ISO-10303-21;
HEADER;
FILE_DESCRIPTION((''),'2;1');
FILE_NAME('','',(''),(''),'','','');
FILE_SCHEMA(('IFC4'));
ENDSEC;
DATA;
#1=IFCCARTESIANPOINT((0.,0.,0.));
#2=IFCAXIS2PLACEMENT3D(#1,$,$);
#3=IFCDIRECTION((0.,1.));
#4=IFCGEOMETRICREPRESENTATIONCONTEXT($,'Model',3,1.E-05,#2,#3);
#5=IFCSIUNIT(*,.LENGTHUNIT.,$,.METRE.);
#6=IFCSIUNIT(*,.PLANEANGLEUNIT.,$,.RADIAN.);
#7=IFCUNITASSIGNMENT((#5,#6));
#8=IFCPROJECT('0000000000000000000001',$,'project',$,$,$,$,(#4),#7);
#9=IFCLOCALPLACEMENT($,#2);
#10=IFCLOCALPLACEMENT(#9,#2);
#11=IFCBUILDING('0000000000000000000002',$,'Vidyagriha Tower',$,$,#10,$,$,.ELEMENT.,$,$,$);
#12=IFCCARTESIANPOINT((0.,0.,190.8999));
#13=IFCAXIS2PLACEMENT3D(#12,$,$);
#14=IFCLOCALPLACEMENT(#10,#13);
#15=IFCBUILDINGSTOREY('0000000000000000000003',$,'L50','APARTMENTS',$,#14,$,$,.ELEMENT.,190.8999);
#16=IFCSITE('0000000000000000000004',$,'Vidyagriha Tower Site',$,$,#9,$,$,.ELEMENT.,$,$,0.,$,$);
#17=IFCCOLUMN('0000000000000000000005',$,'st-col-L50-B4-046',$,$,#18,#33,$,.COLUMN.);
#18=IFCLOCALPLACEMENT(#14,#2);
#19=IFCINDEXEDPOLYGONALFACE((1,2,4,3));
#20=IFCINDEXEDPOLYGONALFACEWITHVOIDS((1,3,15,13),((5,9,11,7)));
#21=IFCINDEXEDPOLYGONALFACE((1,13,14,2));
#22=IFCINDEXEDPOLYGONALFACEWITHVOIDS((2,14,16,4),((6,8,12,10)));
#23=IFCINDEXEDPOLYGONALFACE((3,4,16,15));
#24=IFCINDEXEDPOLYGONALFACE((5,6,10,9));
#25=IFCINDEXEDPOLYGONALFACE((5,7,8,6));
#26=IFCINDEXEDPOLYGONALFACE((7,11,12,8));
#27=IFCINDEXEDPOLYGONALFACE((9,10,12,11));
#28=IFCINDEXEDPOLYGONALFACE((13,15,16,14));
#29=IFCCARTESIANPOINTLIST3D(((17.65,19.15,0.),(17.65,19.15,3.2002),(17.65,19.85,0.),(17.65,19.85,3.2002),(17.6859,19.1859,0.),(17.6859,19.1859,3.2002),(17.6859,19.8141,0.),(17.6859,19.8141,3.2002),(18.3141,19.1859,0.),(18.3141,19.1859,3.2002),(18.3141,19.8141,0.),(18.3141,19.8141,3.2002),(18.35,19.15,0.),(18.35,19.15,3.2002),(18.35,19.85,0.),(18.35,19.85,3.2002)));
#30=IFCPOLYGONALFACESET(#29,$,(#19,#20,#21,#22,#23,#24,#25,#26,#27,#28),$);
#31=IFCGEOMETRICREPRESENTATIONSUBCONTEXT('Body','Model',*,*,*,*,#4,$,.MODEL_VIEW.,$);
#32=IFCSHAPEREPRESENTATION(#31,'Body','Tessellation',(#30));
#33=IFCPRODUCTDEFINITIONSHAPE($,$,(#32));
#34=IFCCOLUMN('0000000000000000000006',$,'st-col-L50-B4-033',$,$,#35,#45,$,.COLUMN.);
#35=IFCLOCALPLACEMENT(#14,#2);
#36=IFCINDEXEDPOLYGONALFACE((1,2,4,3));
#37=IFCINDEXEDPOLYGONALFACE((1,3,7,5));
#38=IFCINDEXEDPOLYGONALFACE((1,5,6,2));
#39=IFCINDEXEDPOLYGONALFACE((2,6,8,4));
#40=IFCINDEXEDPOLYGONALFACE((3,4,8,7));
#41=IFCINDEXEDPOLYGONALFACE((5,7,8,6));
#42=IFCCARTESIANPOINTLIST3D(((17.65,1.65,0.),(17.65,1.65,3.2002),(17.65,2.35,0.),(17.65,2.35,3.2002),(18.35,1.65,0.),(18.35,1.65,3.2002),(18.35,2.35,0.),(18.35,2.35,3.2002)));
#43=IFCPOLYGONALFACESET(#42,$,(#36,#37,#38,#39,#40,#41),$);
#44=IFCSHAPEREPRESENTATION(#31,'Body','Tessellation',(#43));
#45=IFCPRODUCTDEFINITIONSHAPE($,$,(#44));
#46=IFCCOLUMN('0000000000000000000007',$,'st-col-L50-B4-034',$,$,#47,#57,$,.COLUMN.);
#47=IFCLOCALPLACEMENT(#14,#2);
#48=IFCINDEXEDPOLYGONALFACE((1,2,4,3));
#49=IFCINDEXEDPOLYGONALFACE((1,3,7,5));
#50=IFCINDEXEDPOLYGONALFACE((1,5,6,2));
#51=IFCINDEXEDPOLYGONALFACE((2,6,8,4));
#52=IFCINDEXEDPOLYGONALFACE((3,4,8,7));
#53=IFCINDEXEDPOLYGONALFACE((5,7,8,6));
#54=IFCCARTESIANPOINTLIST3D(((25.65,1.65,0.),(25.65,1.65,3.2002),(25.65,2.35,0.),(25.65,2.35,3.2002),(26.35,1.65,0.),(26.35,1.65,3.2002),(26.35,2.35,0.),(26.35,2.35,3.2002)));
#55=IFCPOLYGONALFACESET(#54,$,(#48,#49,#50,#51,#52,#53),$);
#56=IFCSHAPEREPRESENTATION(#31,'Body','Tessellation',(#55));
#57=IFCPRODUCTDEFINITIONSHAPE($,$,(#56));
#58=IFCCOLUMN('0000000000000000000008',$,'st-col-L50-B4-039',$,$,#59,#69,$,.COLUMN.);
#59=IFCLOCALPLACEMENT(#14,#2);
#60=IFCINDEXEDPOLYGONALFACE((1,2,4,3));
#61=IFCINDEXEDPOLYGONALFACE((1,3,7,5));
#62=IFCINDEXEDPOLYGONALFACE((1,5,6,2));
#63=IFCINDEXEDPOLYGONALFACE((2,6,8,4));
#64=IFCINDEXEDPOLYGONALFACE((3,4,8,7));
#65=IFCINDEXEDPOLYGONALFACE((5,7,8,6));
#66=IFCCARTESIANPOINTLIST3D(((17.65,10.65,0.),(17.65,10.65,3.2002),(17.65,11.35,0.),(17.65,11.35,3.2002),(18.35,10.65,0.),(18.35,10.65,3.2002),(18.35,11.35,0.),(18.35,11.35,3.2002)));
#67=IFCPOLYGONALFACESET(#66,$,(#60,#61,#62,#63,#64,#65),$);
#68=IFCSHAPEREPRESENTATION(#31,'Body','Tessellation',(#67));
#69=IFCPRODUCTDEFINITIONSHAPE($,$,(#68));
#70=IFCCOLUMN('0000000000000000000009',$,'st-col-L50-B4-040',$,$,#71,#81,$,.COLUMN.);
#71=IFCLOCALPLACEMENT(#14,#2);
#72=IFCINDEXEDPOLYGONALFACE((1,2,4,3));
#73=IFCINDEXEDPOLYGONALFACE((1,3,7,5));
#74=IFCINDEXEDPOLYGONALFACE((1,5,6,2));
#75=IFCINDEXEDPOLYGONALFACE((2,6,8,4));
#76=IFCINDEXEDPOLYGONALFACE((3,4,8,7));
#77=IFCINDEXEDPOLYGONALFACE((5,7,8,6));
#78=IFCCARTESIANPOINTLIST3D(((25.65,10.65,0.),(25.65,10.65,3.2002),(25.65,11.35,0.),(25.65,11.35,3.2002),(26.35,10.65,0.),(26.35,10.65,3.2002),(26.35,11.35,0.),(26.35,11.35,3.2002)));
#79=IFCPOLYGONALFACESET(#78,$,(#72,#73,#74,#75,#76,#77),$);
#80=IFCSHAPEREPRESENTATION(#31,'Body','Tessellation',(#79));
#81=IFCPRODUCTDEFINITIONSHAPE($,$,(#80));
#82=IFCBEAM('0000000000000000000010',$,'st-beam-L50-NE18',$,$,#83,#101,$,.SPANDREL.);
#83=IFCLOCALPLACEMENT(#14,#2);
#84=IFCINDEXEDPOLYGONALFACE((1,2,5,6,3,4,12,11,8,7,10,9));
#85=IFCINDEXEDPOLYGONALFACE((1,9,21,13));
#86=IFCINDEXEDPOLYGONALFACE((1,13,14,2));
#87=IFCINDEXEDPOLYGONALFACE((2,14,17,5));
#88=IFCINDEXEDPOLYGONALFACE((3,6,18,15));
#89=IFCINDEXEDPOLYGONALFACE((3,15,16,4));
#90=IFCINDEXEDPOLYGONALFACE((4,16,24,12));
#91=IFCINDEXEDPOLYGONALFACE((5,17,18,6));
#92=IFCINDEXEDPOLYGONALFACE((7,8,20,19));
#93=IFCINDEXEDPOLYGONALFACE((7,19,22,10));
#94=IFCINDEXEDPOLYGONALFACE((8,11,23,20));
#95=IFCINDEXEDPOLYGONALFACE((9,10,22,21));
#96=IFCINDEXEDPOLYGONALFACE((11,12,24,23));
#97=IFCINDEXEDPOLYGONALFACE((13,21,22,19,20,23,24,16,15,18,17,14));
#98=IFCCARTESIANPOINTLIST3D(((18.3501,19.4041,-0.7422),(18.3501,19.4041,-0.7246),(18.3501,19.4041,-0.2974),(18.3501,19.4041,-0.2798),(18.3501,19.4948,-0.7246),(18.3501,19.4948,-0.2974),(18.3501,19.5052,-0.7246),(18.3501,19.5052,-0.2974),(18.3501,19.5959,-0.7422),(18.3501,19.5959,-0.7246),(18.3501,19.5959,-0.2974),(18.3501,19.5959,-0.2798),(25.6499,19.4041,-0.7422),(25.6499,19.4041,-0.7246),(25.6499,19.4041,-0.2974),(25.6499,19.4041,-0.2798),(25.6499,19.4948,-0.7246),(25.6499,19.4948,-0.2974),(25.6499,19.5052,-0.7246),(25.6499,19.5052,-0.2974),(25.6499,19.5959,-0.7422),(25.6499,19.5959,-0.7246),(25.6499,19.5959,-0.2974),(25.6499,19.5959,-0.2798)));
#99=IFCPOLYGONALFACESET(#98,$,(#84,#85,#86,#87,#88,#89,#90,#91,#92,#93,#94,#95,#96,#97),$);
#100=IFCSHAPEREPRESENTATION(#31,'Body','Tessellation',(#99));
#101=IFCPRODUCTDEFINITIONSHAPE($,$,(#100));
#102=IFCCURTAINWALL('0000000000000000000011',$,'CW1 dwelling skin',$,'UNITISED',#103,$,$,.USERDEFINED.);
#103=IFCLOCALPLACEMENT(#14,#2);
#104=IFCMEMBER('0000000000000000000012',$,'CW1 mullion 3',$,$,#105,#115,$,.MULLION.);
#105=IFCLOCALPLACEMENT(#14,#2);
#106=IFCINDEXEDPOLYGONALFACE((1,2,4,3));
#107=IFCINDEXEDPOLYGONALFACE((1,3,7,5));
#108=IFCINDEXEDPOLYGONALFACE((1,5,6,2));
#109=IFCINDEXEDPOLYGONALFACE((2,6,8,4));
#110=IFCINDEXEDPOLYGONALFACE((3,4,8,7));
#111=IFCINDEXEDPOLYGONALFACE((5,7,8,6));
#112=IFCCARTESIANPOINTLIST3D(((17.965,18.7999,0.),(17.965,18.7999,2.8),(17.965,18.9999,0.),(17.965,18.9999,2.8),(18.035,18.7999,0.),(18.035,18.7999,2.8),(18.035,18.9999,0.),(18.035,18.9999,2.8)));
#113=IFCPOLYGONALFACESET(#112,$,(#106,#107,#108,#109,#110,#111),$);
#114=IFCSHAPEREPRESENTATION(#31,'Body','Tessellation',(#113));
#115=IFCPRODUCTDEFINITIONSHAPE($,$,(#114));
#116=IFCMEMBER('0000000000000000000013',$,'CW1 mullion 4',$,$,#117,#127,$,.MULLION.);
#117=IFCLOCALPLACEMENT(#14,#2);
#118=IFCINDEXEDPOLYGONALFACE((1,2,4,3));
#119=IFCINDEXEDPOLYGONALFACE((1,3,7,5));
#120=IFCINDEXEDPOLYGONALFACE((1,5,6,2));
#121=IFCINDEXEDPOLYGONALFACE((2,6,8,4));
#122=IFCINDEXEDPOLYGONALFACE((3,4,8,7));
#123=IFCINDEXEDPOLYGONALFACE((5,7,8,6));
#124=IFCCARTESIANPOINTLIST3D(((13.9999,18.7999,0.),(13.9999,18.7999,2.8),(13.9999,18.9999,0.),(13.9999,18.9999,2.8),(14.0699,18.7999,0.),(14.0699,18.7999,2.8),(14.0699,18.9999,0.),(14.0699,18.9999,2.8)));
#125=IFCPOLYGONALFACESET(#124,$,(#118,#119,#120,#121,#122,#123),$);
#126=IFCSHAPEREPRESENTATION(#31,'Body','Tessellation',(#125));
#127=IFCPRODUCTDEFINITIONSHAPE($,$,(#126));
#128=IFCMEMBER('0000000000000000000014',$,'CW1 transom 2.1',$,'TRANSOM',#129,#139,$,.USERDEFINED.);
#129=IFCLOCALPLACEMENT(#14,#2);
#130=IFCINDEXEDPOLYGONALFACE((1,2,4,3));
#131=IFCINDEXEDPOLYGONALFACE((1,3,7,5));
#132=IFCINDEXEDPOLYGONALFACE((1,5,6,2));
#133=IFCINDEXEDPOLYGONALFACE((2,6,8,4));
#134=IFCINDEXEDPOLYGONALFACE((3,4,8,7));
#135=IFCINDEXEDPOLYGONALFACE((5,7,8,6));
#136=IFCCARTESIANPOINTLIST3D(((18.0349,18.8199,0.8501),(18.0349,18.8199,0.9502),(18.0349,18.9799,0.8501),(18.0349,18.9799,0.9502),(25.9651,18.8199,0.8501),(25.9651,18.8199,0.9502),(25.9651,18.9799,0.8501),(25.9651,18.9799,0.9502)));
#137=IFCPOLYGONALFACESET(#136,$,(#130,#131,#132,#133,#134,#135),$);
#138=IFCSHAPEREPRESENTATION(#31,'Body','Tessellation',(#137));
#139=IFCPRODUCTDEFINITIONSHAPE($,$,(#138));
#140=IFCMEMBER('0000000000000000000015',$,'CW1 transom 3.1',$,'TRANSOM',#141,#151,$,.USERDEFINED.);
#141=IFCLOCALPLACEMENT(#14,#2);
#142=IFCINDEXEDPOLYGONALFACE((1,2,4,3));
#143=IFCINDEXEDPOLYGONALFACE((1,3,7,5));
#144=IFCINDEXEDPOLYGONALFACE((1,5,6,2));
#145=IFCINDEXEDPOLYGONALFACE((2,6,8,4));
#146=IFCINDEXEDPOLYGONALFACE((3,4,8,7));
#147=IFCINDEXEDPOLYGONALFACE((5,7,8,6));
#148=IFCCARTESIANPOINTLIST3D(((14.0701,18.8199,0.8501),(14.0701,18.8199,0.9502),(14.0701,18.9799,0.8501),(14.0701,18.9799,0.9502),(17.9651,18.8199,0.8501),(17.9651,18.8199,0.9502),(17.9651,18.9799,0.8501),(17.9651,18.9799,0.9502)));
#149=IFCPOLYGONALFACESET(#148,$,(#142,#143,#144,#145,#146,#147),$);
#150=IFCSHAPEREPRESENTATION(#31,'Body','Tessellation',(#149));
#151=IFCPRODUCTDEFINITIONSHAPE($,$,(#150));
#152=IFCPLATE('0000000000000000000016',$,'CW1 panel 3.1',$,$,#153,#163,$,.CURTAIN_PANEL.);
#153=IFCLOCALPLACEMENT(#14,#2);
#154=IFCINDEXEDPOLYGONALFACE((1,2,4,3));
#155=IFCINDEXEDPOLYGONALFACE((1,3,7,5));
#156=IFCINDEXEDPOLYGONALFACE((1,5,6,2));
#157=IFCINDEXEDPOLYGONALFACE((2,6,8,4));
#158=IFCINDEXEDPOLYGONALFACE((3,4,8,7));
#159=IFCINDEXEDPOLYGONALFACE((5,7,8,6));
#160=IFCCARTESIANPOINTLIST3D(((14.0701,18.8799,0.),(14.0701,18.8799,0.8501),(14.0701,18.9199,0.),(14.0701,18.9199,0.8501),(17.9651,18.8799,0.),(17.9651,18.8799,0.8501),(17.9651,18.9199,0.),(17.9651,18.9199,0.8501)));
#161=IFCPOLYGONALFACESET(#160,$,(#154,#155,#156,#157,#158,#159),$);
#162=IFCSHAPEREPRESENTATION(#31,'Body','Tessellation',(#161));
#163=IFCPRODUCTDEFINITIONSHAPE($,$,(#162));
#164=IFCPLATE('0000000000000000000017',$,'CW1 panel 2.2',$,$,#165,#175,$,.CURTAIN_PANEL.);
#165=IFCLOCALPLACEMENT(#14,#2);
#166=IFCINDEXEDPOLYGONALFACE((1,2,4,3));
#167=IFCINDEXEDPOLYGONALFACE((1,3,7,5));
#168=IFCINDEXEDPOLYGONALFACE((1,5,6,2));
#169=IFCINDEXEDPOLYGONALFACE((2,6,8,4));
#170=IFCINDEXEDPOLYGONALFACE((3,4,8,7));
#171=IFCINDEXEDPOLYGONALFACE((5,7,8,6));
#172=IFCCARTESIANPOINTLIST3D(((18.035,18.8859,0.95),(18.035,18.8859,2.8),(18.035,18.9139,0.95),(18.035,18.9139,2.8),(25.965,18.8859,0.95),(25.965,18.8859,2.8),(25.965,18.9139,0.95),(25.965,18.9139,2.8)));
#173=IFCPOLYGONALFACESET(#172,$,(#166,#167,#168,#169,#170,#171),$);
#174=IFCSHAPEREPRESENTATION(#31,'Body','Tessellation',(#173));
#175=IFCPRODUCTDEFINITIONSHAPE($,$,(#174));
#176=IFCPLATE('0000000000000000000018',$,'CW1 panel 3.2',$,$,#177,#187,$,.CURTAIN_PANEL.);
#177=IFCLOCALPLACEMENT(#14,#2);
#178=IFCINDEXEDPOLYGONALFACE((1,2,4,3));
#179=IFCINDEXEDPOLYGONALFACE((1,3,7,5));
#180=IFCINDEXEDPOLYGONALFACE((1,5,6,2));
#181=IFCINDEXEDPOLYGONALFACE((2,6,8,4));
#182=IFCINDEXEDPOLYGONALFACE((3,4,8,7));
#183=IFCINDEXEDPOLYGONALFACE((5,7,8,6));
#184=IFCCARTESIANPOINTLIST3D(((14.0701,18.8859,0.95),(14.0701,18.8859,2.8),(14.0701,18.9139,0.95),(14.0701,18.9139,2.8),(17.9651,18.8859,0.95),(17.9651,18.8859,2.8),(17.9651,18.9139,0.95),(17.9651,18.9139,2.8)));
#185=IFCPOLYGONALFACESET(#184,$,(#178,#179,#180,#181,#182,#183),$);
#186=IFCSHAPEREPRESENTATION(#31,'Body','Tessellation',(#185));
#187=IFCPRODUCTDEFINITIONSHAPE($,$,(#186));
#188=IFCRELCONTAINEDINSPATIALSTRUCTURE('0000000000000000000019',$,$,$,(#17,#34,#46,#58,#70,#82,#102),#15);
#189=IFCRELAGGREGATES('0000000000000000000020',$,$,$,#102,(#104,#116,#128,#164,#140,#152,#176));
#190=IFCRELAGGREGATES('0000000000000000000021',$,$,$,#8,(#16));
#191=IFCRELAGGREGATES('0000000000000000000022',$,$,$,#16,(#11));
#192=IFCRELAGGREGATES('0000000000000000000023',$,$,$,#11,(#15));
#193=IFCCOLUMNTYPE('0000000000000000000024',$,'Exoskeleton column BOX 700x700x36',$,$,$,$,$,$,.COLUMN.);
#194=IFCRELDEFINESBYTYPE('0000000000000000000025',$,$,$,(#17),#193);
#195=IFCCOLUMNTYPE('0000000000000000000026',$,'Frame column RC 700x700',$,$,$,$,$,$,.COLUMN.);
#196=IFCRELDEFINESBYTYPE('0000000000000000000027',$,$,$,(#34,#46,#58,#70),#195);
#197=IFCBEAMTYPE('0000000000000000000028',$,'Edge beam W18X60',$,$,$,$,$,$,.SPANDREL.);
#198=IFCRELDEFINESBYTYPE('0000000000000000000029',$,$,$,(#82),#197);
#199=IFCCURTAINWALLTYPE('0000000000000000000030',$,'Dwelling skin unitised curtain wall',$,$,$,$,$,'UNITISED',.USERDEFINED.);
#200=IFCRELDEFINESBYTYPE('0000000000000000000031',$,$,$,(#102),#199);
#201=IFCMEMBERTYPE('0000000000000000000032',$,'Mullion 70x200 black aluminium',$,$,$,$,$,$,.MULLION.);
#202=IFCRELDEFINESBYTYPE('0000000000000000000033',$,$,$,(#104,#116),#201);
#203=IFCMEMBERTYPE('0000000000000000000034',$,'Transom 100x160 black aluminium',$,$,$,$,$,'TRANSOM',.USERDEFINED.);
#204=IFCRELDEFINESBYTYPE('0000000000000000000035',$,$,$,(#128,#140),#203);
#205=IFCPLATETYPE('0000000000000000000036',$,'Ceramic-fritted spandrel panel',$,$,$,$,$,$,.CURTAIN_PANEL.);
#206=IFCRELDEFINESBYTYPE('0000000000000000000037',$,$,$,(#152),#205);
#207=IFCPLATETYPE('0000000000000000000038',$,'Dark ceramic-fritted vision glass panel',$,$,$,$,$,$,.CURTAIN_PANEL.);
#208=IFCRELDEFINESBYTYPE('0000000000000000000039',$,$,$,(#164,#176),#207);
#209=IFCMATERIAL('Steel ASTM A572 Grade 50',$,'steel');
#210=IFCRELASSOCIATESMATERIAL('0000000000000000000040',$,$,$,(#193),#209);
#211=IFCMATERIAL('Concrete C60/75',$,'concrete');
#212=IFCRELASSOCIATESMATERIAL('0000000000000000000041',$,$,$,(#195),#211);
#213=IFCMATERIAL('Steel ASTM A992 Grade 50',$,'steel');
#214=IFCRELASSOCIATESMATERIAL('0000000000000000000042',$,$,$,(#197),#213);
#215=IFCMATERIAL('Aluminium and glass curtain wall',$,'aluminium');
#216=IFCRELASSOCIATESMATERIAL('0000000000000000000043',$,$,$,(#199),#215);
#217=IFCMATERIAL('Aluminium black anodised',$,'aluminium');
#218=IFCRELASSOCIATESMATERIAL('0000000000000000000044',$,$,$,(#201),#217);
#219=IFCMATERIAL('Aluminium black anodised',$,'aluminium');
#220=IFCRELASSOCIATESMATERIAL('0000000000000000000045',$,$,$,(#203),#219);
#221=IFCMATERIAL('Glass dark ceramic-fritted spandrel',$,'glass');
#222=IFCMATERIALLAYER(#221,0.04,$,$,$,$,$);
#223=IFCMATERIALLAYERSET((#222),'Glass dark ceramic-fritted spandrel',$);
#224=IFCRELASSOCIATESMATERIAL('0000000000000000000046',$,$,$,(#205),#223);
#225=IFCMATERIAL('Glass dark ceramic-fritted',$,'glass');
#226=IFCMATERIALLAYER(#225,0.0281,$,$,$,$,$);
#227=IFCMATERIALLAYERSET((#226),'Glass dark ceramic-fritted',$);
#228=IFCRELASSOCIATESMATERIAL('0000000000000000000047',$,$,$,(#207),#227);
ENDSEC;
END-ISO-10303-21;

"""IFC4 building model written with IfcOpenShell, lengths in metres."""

from ifc_helpers import new_model, si_unit, direction, frame, origin, origin_2d, place, context, subcontext, project, spatial, rectangle, hollow_rectangle, i_section, extrude, material, layer, layer_set, material_profile, profile_set, type_object, element, aggregate, save


model = new_model("IFC4")

# Units and contexts
model_context = context("Model", 3, precision=1e-05, world=origin(), true_north=direction((0.0, 1.0)))
body_context = subcontext(model_context, "Body", "Model", "MODEL_VIEW")
ifc_project = project(units=[si_unit("LENGTHUNIT", "METRE"), si_unit("PLANEANGLEUNIT", "RADIAN")], contexts=[model_context])

# Site, building, storey
site_placement = place(None, origin())
site = spatial("IfcSite", under=ifc_project, at=site_placement, Name="Vidyagriha Tower Site", CompositionType="ELEMENT", RefElevation=0.0)
building_placement = place(site_placement, origin())
building = spatial("IfcBuilding", under=site, at=building_placement, Name="Vidyagriha Tower", CompositionType="ELEMENT")
storey_placement = place(building_placement, frame((0.0, 0.0, 190.8999)))
storey = spatial("IfcBuildingStorey", under=building, at=storey_placement, Name="L50", Description="APARTMENTS", CompositionType="ELEMENT", Elevation=190.8999)

# Columns
ifc_material_1 = material(Name="Steel ASTM A572 Grade 50", Category="steel")
ifc_material_profile_1 = material_profile(ifc_material_1, hollow_rectangle(XDim=0.7, YDim=0.7, WallThickness=0.0359, at=origin_2d()), Name="BOX 700x700x36")
ifc_profile_set_1 = profile_set([ifc_material_profile_1], Name="Steel ASTM A572 Grade 50")
column_type_1 = type_object("IfcColumnType", Name="Exoskeleton column BOX 700x700x36", PredefinedType="COLUMN", material=ifc_profile_set_1)
column_placement = place(storey_placement, frame((18.0, 19.5, 0.0)))
element("IfcColumn", 1, at=column_placement, inside=storey, type_object=column_type_1, Name="st-col-L50-B4-046", PredefinedType="COLUMN", context=body_context, shape_type="SweptSolid", body=[
    extrude(hollow_rectangle(XDim=0.7, YDim=0.7, WallThickness=0.0359, at=origin_2d()), origin(), (0.0, 0.0, 1.0), 3.2002),
])
ifc_material_2 = material(Name="Concrete C60/75", Category="concrete")
ifc_material_profile_2 = material_profile(ifc_material_2, rectangle(XDim=0.7, YDim=0.7, at=origin_2d()), Name="RC 700x700")
ifc_profile_set_2 = profile_set([ifc_material_profile_2], Name="Concrete C60/75")
column_type_2 = type_object("IfcColumnType", Name="Frame column RC 700x700", PredefinedType="COLUMN", material=ifc_profile_set_2)
for number, where, name in (
    (2, (18.0, 2.0, 0.0), "st-col-L50-B4-033"),
    (3, (26.0, 2.0, 0.0), "st-col-L50-B4-034"),
    (4, (18.0, 11.0, 0.0), "st-col-L50-B4-039"),
    (5, (26.0, 11.0, 0.0), "st-col-L50-B4-040"),
):
    element("IfcColumn", number, at=place(storey_placement, frame(where)), inside=storey, type_object=column_type_2, Name=name, PredefinedType="COLUMN", context=body_context, shape_type="SweptSolid", body=[
        extrude(rectangle(XDim=0.7, YDim=0.7, at=origin_2d()), origin(), (0.0, 0.0, 1.0), 3.2002),
    ])

# Beam
ifc_material_3 = material(Name="Steel ASTM A992 Grade 50", Category="steel")
ifc_material_profile_3 = material_profile(ifc_material_3, i_section(OverallWidth=0.1919, OverallDepth=0.4624, WebThickness=0.0105, FlangeThickness=0.0176, at=origin_2d()), Name="W18X60")
ifc_profile_set_3 = profile_set([ifc_material_profile_3], Name="Steel ASTM A992 Grade 50")
beam_type = type_object("IfcBeamType", Name="Edge beam W18X60", PredefinedType="SPANDREL", material=ifc_profile_set_3)
beam_placement = place(storey_placement, frame((18.3501, 19.5, -0.511), z_axis=(1.0, 0.0, 0.0), x_axis=(0.0, 1.0, 0.0)))
element("IfcBeam", 6, at=beam_placement, inside=storey, type_object=beam_type, Name="st-beam-L50-NE18", PredefinedType="SPANDREL", context=body_context, shape_type="SweptSolid", body=[
    extrude(i_section(OverallWidth=0.1919, OverallDepth=0.4624, WebThickness=0.0105, FlangeThickness=0.0176, at=origin_2d()), origin(), (0.0, 0.0, 1.0), 7.2998),
])

# Curtain wall, members, plates
ifc_material_4 = material(Name="Aluminium and glass curtain wall", Category="aluminium")
curtain_wall_type = type_object("IfcCurtainWallType", Name="Dwelling skin unitised curtain wall", ElementType="UNITISED", PredefinedType="USERDEFINED", material=ifc_material_4)
curtain_wall_placement = place(storey_placement, origin())
curtain_wall = element("IfcCurtainWall", 7, at=curtain_wall_placement, inside=storey, type_object=curtain_wall_type, Name="CW1 dwelling skin", ObjectType="UNITISED", PredefinedType="USERDEFINED")
ifc_material_5 = material(Name="Aluminium black anodised", Category="aluminium")
ifc_material_profile_4 = material_profile(ifc_material_5, rectangle(XDim=0.2, YDim=0.0701, at=origin_2d()), Name="Mullion 70x200 black aluminium")
ifc_profile_set_4 = profile_set([ifc_material_profile_4], Name="Aluminium black anodised")
member_type_1 = type_object("IfcMemberType", Name="Mullion 70x200 black aluminium", PredefinedType="MULLION", material=ifc_profile_set_4)
member_1_placement = place(storey_placement, frame((18.0, 18.8999, 0.0), z_axis=(0.0, 0.0, 1.0), x_axis=(0.0, -1.0, 0.0)))
member_1 = element("IfcMember", 8, at=member_1_placement, type_object=member_type_1, Name="CW1 mullion 3", PredefinedType="MULLION", context=body_context, shape_type="SweptSolid", body=[
    extrude(rectangle(XDim=0.2, YDim=0.0701, at=origin_2d()), origin(), (0.0, 0.0, 1.0), 2.8),
])
member_2_placement = place(storey_placement, frame((14.0349, 18.8999, 0.0), z_axis=(0.0, 0.0, 1.0), x_axis=(0.0, -1.0, 0.0)))
member_2 = element("IfcMember", 9, at=member_2_placement, type_object=member_type_1, Name="CW1 mullion 4", PredefinedType="MULLION", context=body_context, shape_type="SweptSolid", body=[
    extrude(rectangle(XDim=0.2, YDim=0.0701, at=origin_2d()), origin(), (0.0, 0.0, 1.0), 2.8),
])
ifc_material_6 = material(Name="Aluminium black anodised", Category="aluminium")
ifc_material_profile_5 = material_profile(ifc_material_6, rectangle(XDim=0.1599, YDim=0.1001, at=origin_2d()), Name="Transom 100x160 black aluminium")
ifc_profile_set_5 = profile_set([ifc_material_profile_5], Name="Aluminium black anodised")
member_type_2 = type_object("IfcMemberType", Name="Transom 100x160 black aluminium", ElementType="TRANSOM", PredefinedType="USERDEFINED", material=ifc_profile_set_5)
member_3_placement = place(storey_placement, frame((25.9651, 18.8999, 0.9001), z_axis=(-1.0, 0.0, 0.0), x_axis=(0.0, -1.0, 0.0)))
member_3 = element("IfcMember", 10, at=member_3_placement, type_object=member_type_2, Name="CW1 transom 2.1", ObjectType="TRANSOM", PredefinedType="USERDEFINED", context=body_context, shape_type="SweptSolid", body=[
    extrude(rectangle(XDim=0.1599, YDim=0.1001, at=origin_2d()), origin(), (0.0, 0.0, 1.0), 7.9302),
])
member_4_placement = place(storey_placement, frame((17.9651, 18.8999, 0.9001), z_axis=(-1.0, 0.0, 0.0), x_axis=(0.0, -1.0, 0.0)))
member_4 = element("IfcMember", 11, at=member_4_placement, type_object=member_type_2, Name="CW1 transom 3.1", ObjectType="TRANSOM", PredefinedType="USERDEFINED", context=body_context, shape_type="SweptSolid", body=[
    extrude(rectangle(XDim=0.1599, YDim=0.1001, at=origin_2d()), origin(), (0.0, 0.0, 1.0), 3.895),
])
ifc_material_7 = material(Name="Glass dark ceramic-fritted spandrel", Category="glass")
ifc_layer_1 = layer(ifc_material_7, 0.04)
ifc_layer_set_1 = layer_set([ifc_layer_1], Name="Glass dark ceramic-fritted spandrel")
plate_type_1 = type_object("IfcPlateType", Name="Ceramic-fritted spandrel panel", PredefinedType="CURTAIN_PANEL", material=ifc_layer_set_1)
plate_1_placement = place(storey_placement, frame((16.0176, 18.8999, 0.0), z_axis=(0.0, 0.0, 1.0), x_axis=(-1.0, 0.0, 0.0)))
plate_1 = element("IfcPlate", 12, at=plate_1_placement, type_object=plate_type_1, Name="CW1 panel 3.1", PredefinedType="CURTAIN_PANEL", context=body_context, shape_type="SweptSolid", body=[
    extrude(rectangle(XDim=3.895, YDim=0.04, at=origin_2d()), origin(), (0.0, 0.0, 1.0), 0.8501),
])
ifc_material_8 = material(Name="Glass dark ceramic-fritted", Category="glass")
ifc_layer_2 = layer(ifc_material_8, 0.0281)
ifc_layer_set_2 = layer_set([ifc_layer_2], Name="Glass dark ceramic-fritted")
plate_type_2 = type_object("IfcPlateType", Name="Dark ceramic-fritted vision glass panel", PredefinedType="CURTAIN_PANEL", material=ifc_layer_set_2)
plate_2_placement = place(storey_placement, frame((22.0, 18.8999, 0.95), z_axis=(0.0, 0.0, 1.0), x_axis=(-1.0, 0.0, 0.0)))
plate_2 = element("IfcPlate", 13, at=plate_2_placement, type_object=plate_type_2, Name="CW1 panel 2.2", PredefinedType="CURTAIN_PANEL", context=body_context, shape_type="SweptSolid", body=[
    extrude(rectangle(XDim=7.9299, YDim=0.0281, at=origin_2d()), origin(), (0.0, 0.0, 1.0), 1.8501),
])
plate_3_placement = place(storey_placement, frame((16.0176, 18.8999, 0.95), z_axis=(0.0, 0.0, 1.0), x_axis=(-1.0, 0.0, 0.0)))
plate_3 = element("IfcPlate", 14, at=plate_3_placement, type_object=plate_type_2, Name="CW1 panel 3.2", PredefinedType="CURTAIN_PANEL", context=body_context, shape_type="SweptSolid", body=[
    extrude(rectangle(XDim=3.895, YDim=0.0281, at=origin_2d()), origin(), (0.0, 0.0, 1.0), 1.8501),
])
aggregate(curtain_wall, [member_1, member_2, member_3, plate_2, member_4, plate_1, plate_3])

save(model, "model.ifc")
